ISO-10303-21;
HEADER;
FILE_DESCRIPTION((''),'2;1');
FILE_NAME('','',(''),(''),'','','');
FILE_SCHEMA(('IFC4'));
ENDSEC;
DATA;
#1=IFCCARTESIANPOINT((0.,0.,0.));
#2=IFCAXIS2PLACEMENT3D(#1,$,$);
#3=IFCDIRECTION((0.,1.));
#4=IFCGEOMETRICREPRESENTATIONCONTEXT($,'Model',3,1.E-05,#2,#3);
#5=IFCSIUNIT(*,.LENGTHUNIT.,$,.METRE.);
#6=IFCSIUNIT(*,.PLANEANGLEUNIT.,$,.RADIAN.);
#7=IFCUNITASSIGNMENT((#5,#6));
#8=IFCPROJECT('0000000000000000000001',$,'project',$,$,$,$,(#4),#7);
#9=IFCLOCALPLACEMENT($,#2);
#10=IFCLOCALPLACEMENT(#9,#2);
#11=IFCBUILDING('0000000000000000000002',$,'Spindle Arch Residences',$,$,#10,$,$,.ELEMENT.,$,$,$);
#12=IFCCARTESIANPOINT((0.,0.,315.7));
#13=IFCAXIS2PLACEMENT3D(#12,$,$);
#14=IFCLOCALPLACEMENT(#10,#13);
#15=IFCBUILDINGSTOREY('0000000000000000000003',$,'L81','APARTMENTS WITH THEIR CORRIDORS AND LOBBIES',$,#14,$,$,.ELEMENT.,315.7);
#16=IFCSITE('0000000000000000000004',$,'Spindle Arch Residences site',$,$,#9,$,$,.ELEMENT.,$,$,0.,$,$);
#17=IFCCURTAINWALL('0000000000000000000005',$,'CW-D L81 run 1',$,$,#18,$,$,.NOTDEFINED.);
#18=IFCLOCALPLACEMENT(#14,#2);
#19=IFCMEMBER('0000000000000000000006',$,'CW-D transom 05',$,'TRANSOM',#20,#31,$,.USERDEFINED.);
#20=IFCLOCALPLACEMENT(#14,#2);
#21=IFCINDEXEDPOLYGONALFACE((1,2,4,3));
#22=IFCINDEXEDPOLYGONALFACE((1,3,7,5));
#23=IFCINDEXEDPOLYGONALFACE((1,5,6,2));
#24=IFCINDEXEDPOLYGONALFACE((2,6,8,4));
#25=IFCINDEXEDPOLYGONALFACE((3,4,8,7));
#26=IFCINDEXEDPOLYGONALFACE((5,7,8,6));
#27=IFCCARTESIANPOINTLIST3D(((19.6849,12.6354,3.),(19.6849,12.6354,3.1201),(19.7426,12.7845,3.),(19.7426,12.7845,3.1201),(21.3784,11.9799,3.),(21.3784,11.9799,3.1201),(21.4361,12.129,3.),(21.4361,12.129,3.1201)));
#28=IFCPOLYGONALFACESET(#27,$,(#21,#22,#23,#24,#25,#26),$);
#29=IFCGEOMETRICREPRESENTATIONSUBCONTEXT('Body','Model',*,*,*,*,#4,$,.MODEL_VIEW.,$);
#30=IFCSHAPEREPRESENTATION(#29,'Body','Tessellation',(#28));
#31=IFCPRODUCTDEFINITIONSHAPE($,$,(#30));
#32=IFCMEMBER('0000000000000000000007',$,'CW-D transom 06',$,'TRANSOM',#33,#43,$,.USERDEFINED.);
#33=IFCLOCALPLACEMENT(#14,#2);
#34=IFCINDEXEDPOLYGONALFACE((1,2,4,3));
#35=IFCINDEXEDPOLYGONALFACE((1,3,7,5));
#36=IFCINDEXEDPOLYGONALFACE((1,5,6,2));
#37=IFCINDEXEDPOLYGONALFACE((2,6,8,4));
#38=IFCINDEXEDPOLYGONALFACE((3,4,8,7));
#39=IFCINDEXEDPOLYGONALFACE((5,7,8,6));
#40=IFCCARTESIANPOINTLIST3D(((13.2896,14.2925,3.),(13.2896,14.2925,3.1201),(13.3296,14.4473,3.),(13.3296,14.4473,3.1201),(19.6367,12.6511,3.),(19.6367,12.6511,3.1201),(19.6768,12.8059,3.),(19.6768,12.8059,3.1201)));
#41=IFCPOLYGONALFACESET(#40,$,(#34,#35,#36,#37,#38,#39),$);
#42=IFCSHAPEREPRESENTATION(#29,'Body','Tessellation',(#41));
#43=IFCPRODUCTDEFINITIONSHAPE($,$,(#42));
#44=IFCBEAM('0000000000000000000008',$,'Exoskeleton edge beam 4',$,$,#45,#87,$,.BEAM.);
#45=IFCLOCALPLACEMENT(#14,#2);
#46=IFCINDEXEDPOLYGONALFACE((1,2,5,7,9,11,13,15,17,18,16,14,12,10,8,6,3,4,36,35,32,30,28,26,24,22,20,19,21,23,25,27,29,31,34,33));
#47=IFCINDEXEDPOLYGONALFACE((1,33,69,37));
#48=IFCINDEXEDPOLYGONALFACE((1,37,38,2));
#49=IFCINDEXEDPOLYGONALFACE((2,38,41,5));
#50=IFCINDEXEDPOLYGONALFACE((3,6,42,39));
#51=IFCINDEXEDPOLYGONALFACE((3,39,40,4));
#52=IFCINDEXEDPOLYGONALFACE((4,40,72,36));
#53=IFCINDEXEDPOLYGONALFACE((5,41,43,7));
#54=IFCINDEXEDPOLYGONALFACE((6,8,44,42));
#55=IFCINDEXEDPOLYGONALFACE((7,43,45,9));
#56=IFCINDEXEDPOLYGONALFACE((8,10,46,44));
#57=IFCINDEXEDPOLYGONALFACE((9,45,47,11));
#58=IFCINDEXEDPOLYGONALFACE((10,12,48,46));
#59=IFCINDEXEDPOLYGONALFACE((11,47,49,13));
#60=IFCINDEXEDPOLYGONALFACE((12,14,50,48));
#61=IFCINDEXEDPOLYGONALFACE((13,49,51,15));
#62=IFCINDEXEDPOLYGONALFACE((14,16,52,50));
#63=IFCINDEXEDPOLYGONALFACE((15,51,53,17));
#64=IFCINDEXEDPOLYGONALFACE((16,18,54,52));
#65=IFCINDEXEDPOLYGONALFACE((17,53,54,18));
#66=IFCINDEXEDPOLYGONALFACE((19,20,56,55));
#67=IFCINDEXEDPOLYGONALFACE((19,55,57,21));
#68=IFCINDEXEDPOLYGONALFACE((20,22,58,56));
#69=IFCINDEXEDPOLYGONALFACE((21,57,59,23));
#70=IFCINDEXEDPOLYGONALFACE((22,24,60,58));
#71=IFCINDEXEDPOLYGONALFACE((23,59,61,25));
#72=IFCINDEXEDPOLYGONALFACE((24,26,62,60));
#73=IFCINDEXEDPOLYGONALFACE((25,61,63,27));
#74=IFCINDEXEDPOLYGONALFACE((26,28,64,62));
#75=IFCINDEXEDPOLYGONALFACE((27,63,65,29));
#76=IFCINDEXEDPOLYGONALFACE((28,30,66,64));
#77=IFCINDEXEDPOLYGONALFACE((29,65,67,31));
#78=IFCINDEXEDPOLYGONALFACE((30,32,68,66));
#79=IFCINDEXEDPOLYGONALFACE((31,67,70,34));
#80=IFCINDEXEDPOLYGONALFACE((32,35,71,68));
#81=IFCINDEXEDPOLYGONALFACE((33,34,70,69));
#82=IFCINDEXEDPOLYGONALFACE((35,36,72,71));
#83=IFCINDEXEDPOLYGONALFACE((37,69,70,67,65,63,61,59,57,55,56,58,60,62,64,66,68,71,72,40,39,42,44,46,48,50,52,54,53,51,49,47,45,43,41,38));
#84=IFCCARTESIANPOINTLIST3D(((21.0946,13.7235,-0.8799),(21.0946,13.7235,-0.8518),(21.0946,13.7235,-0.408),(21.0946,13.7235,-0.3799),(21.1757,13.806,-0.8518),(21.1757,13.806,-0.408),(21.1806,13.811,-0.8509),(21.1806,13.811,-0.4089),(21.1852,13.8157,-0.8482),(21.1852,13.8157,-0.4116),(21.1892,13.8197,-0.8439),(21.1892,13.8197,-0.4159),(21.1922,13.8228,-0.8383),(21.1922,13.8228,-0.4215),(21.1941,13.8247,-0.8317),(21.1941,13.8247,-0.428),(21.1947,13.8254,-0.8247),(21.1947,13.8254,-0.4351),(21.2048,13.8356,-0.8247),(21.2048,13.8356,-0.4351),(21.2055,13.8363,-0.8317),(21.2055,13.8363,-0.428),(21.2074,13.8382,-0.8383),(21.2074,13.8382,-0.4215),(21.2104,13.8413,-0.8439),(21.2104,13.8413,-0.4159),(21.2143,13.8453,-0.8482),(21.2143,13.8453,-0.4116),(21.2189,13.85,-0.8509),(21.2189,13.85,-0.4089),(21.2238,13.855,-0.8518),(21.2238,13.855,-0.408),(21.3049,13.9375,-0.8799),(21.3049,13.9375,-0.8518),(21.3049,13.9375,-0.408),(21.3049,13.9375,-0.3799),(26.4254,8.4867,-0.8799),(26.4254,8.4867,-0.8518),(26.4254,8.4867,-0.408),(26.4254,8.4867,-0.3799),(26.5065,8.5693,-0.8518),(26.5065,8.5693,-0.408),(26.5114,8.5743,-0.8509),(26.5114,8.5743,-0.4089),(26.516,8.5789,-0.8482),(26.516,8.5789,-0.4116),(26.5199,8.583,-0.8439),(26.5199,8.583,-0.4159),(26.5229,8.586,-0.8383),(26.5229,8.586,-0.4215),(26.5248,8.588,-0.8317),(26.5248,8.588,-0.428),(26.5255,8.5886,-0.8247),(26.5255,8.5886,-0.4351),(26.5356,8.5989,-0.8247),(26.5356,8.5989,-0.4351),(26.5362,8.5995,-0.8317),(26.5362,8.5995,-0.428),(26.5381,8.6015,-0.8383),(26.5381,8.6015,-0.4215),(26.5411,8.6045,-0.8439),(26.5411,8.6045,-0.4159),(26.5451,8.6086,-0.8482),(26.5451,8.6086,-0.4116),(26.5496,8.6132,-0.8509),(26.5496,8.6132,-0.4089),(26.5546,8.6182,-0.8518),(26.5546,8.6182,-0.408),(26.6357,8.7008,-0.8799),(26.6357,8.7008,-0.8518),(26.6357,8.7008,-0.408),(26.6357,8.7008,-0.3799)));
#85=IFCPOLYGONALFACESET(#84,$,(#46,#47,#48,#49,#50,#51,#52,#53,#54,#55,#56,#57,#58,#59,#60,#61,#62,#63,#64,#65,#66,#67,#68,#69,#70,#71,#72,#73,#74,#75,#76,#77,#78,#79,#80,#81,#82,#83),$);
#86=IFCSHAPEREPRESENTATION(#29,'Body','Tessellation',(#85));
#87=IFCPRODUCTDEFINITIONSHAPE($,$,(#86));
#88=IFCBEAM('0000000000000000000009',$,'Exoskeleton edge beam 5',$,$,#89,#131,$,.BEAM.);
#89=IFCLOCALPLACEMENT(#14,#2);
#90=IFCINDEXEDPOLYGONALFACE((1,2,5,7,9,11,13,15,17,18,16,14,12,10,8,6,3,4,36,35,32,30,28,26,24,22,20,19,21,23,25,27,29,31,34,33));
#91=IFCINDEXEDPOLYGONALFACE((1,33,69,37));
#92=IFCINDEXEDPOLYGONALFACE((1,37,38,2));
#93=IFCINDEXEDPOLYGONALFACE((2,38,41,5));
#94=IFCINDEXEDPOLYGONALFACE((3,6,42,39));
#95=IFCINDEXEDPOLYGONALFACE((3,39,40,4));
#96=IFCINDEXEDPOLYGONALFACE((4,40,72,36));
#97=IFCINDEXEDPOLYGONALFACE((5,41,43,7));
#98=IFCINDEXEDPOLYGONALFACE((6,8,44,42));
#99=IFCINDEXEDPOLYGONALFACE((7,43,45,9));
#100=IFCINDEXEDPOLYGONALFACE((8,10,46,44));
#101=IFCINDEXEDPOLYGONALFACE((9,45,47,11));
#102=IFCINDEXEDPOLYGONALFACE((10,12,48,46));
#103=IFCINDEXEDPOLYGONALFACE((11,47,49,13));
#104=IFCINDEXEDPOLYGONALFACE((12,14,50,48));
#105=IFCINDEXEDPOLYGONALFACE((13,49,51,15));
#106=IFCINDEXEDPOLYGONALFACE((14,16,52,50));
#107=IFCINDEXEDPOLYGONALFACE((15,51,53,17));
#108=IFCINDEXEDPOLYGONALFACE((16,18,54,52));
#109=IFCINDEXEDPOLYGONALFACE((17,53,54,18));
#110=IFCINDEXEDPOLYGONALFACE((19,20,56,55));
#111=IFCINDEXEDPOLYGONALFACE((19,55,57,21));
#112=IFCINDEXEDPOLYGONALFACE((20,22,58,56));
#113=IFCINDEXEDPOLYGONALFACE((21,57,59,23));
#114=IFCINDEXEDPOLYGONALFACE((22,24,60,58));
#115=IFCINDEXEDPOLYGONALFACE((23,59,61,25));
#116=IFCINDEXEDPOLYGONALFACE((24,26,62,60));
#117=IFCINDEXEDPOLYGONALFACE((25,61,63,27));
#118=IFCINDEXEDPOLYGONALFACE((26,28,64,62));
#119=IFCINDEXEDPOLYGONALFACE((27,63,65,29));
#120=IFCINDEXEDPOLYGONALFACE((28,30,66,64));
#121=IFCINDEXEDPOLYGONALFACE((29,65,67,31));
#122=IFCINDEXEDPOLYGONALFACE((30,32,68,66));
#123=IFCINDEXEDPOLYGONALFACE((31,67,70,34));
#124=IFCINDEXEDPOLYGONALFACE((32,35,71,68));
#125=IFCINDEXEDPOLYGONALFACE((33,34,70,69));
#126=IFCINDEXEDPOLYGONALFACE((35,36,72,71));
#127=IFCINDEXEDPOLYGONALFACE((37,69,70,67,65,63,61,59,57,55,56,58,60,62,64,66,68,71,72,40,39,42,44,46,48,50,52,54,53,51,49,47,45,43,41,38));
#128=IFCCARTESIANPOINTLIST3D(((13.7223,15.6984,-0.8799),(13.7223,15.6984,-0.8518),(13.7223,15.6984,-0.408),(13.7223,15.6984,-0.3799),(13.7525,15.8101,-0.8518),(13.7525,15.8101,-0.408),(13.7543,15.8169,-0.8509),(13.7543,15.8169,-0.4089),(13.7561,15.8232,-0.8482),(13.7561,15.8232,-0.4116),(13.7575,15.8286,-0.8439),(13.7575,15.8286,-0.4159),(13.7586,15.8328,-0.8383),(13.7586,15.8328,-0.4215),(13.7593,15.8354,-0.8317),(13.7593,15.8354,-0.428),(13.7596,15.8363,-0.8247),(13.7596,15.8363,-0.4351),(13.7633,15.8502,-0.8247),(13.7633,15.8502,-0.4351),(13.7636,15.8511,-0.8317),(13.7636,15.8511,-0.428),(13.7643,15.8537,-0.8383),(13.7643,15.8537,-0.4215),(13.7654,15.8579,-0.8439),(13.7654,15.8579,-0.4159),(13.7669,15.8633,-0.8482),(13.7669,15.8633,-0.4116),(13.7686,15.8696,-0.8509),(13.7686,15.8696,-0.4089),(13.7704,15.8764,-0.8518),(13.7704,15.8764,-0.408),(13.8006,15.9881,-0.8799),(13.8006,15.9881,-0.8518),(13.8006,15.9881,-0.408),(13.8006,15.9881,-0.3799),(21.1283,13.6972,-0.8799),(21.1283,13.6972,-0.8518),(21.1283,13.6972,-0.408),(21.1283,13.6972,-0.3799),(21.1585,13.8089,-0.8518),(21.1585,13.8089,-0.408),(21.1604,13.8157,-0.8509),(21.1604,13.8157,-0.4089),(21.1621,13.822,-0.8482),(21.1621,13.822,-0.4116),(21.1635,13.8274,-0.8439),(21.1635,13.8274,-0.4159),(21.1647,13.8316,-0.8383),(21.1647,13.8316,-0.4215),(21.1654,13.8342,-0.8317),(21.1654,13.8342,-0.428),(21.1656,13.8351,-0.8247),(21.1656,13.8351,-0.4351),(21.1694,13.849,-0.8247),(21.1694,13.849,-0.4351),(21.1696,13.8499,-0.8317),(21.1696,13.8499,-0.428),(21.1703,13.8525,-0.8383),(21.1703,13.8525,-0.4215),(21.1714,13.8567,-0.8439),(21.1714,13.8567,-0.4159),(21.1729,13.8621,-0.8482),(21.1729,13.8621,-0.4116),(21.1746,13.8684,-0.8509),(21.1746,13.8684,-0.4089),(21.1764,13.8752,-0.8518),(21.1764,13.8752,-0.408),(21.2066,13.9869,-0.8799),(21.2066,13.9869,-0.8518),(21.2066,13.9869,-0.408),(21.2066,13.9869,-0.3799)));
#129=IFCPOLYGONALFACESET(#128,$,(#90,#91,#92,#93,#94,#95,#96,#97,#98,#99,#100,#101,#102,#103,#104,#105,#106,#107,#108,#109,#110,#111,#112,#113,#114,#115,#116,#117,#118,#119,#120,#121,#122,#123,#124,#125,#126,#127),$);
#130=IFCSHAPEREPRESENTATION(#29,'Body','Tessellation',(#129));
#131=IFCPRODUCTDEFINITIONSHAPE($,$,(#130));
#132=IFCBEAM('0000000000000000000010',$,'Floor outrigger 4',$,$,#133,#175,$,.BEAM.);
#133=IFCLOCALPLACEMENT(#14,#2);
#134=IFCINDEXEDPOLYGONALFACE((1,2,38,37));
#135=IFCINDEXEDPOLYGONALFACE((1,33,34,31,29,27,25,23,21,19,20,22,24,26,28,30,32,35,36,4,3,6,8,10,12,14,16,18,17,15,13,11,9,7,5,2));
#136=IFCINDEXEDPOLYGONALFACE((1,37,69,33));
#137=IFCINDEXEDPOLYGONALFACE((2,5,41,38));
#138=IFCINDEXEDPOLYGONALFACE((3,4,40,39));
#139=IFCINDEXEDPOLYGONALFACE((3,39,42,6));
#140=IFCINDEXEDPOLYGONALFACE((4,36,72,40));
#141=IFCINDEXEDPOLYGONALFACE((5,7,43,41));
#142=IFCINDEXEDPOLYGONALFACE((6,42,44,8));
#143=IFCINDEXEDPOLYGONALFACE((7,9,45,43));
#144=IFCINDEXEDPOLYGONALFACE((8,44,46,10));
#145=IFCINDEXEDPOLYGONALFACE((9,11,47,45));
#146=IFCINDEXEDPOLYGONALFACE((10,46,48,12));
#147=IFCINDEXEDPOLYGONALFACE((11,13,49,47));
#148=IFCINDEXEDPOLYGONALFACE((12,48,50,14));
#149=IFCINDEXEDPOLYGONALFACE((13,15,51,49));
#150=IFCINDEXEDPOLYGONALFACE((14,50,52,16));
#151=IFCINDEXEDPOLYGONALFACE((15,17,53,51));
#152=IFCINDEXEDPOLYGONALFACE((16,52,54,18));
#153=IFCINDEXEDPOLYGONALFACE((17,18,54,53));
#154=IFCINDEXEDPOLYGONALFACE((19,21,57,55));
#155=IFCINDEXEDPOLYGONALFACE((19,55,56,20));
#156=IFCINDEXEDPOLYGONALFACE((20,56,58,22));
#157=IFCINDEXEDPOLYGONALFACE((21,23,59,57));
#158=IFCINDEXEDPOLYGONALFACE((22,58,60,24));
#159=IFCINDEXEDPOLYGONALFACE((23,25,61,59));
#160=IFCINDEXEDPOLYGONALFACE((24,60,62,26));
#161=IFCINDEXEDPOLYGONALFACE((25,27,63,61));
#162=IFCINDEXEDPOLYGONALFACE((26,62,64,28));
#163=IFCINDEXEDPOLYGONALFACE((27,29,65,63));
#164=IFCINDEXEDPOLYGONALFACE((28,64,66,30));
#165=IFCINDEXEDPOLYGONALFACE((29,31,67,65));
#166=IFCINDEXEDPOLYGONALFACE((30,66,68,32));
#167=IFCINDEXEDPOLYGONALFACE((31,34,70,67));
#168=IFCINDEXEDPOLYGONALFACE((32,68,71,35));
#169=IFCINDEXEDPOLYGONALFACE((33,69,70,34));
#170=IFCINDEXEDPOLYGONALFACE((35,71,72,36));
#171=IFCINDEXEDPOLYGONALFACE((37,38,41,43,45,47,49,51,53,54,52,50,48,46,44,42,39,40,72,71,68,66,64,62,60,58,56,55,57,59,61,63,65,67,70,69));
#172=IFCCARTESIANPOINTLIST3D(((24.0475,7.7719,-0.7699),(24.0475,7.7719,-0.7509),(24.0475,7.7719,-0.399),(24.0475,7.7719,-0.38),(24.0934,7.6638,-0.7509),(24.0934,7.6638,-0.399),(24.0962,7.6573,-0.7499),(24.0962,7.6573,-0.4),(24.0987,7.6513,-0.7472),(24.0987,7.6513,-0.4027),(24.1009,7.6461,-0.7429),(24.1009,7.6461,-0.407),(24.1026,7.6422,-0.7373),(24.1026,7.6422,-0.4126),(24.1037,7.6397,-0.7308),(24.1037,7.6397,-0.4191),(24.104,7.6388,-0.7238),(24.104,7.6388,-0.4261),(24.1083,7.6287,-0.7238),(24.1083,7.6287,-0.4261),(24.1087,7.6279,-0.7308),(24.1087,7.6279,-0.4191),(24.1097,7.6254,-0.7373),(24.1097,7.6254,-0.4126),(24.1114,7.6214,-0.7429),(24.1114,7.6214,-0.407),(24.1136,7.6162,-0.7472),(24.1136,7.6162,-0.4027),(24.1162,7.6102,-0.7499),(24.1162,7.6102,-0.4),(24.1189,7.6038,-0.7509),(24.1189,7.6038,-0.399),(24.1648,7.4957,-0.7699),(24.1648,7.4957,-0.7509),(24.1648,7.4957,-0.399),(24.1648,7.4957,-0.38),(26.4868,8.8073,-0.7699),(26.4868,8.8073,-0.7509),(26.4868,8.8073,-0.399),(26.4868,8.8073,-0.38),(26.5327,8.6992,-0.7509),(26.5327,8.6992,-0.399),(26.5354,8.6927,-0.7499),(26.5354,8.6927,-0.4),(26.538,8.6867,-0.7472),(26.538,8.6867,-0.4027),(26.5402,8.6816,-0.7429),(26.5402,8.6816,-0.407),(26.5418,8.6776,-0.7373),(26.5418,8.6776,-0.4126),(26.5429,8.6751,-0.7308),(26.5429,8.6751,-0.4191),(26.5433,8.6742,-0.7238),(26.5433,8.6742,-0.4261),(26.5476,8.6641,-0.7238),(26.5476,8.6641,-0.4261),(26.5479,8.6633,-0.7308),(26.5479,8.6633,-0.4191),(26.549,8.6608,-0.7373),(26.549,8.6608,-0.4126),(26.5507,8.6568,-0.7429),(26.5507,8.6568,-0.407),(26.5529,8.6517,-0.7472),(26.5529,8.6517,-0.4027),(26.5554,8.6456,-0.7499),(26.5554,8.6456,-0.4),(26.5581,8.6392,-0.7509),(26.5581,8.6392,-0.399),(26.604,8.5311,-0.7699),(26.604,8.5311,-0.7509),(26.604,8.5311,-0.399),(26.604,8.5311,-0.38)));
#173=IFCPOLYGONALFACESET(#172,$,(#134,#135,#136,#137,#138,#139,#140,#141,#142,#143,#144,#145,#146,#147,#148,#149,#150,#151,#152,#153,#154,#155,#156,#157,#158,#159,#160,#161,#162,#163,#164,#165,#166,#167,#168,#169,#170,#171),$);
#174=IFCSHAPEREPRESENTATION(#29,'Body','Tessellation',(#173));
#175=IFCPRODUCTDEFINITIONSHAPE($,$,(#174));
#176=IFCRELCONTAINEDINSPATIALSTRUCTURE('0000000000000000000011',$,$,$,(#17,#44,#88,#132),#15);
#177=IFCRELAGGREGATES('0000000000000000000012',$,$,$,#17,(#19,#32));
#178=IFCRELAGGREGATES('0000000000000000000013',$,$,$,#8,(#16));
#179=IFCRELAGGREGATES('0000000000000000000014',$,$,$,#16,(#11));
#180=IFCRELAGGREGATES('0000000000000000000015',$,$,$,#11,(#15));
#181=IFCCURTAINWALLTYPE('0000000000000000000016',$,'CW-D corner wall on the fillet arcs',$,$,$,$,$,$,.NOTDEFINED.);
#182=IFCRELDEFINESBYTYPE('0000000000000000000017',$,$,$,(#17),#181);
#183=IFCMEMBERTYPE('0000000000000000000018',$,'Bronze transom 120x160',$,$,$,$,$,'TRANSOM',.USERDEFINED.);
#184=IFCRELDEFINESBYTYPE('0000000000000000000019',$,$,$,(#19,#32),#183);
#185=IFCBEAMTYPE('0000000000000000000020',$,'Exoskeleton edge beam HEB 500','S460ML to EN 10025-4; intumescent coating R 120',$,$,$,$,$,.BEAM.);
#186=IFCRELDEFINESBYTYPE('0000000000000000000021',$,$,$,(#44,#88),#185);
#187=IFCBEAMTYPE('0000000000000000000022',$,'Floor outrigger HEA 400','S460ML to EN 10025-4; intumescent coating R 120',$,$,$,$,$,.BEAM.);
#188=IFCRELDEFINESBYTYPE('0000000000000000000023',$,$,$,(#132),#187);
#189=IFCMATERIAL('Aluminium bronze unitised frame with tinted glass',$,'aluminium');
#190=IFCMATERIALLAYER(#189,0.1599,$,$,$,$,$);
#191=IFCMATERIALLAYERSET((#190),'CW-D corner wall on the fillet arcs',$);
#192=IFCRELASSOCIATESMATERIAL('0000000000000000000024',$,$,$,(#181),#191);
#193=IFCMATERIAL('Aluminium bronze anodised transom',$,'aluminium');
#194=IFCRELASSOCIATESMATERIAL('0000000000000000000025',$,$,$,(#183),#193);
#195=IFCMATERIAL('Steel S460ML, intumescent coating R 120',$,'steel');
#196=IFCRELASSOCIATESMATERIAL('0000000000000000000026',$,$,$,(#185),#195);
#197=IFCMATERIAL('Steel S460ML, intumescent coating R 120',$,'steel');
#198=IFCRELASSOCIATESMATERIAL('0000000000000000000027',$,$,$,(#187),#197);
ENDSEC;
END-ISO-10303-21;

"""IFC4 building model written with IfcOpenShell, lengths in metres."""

from ifc_helpers import new_model, si_unit, direction, frame, origin, origin_2d, place, context, subcontext, project, spatial, rectangle, i_section, extrude, material, layer, layer_set, material_profile, profile_set, type_object, element, aggregate, save


model = new_model("IFC4")

# Units and contexts
model_context = context("Model", 3, precision=1e-05, world=origin(), true_north=direction((0.0, 1.0)))
body_context = subcontext(model_context, "Body", "Model", "MODEL_VIEW")
ifc_project = project(units=[si_unit("LENGTHUNIT", "METRE"), si_unit("PLANEANGLEUNIT", "RADIAN")], contexts=[model_context])

# Site, building, storey
site_placement = place(None, origin())
site = spatial("IfcSite", under=ifc_project, at=site_placement, Name="Spindle Arch Residences site", CompositionType="ELEMENT", RefElevation=0.0)
building_placement = place(site_placement, origin())
building = spatial("IfcBuilding", under=site, at=building_placement, Name="Spindle Arch Residences", CompositionType="ELEMENT")
storey_placement = place(building_placement, frame((0.0, 0.0, 315.7)))
storey = spatial("IfcBuildingStorey", under=building, at=storey_placement, Name="L81", Description="APARTMENTS WITH THEIR CORRIDORS AND LOBBIES", CompositionType="ELEMENT", Elevation=315.7)

# Curtain wall, members
ifc_material_1 = material(Name="Aluminium bronze unitised frame with tinted glass", Category="aluminium")
ifc_layer_1 = layer(ifc_material_1, 0.1599)
ifc_layer_set_1 = layer_set([ifc_layer_1], Name="CW-D corner wall on the fillet arcs")
curtain_wall_type = type_object("IfcCurtainWallType", Name="CW-D corner wall on the fillet arcs", PredefinedType="NOTDEFINED", material=ifc_layer_set_1)
curtain_wall_placement = place(storey_placement, origin())
curtain_wall = element("IfcCurtainWall", 1, at=curtain_wall_placement, inside=storey, type_object=curtain_wall_type, Name="CW-D L81 run 1", PredefinedType="NOTDEFINED")
ifc_material_2 = material(Name="Aluminium bronze anodised transom", Category="aluminium")
ifc_material_profile_1 = material_profile(ifc_material_2, rectangle(XDim=0.1599, YDim=0.1201, at=origin_2d()), Name="TR 120x160")
ifc_profile_set_1 = profile_set([ifc_material_profile_1], Name="Aluminium bronze anodised transom")
member_type_1 = type_object("IfcMemberType", Name="Bronze transom 120x160", ElementType="TRANSOM", PredefinedType="USERDEFINED", material=ifc_profile_set_1)
member_1_placement = place(storey_placement, frame((21.4072, 12.0544, 3.0601), z_axis=(-0.932581, 0.36096, 0.0), x_axis=(-0.36096, -0.932581, 0.0)))
member_1 = element("IfcMember", 2, at=member_1_placement, type_object=member_type_1, Name="CW-D transom 05", ObjectType="TRANSOM", PredefinedType="USERDEFINED", context=body_context, shape_type="SweptSolid", body=[
    extrude(rectangle(XDim=0.1599, YDim=0.1201, at=origin_2d()), origin(), (0.0, 0.0, 1.0), 1.8159),
])
member_2_placement = place(storey_placement, frame((19.6567, 12.7285, 3.0601), z_axis=(-0.968153, 0.250361, 0.0), x_axis=(-0.250361, -0.968153, 0.0)))
member_2 = element("IfcMember", 3, at=member_2_placement, type_object=member_type_1, Name="CW-D transom 06", ObjectType="TRANSOM", PredefinedType="USERDEFINED", context=body_context, shape_type="SweptSolid", body=[
    extrude(rectangle(XDim=0.1599, YDim=0.1201, at=origin_2d()), origin(), (0.0, 0.0, 1.0), 6.5559),
])

# Beams
ifc_material_3 = material(Name="Steel S460ML, intumescent coating R 120", Category="steel")
ifc_material_profile_2 = material_profile(ifc_material_3, i_section(OverallWidth=0.3, OverallDepth=0.5, WebThickness=0.0144, FlangeThickness=0.0281, FilletRadius=0.0271, at=origin_2d()), Name="HEB 500")
ifc_profile_set_2 = profile_set([ifc_material_profile_2], Name="Steel S460ML, intumescent coating R 120")
beam_type_1 = type_object("IfcBeamType", Name="Exoskeleton edge beam HEB 500", Description="S460ML to EN 10025-4; intumescent coating R 120", PredefinedType="BEAM", material=ifc_profile_set_2)
beam_1_placement = place(storey_placement, frame((26.5305, 8.5938, -0.6299), z_axis=(-0.713368, 0.70079, 0.0), x_axis=(-0.70079, -0.713368, 0.0)))
element("IfcBeam", 4, at=beam_1_placement, inside=storey, type_object=beam_type_1, Name="Exoskeleton edge beam 4", PredefinedType="BEAM", context=body_context, shape_type="SweptSolid", body=[
    extrude(i_section(OverallWidth=0.3, OverallDepth=0.5, WebThickness=0.0144, FlangeThickness=0.0281, FilletRadius=0.0271, at=origin_2d()), origin(), (0.0, 0.0, 1.0), 7.4727),
])
beam_2_placement = place(storey_placement, frame((21.1675, 13.842, -0.6299), z_axis=(-0.965377, 0.26086, 0.0), x_axis=(-0.26086, -0.965377, 0.0)))
element("IfcBeam", 5, at=beam_2_placement, inside=storey, type_object=beam_type_1, Name="Exoskeleton edge beam 5", PredefinedType="BEAM", context=body_context, shape_type="SweptSolid", body=[
    extrude(i_section(OverallWidth=0.3, OverallDepth=0.5, WebThickness=0.0144, FlangeThickness=0.0281, FilletRadius=0.0271, at=origin_2d()), origin(), (0.0, 0.0, 1.0), 7.6716),
])
ifc_material_4 = material(Name="Steel S460ML, intumescent coating R 120", Category="steel")
ifc_material_profile_3 = material_profile(ifc_material_4, i_section(OverallWidth=0.3, OverallDepth=0.3899, WebThickness=0.011, FlangeThickness=0.019, FilletRadius=0.0271, at=origin_2d()), Name="HEA 400")
ifc_profile_set_3 = profile_set([ifc_material_profile_3], Name="Steel S460ML, intumescent coating R 120")
beam_type_2 = type_object("IfcBeamType", Name="Floor outrigger HEA 400", Description="S460ML to EN 10025-4; intumescent coating R 120", PredefinedType="BEAM", material=ifc_profile_set_3)
for number, where, z_axis, x_axis, name in (
    (6, (26.5454, 8.6692, -0.575), (-0.920502, -0.390737, 0.0), (0.390737, -0.920502, 0.0), "Floor outrigger 4"),
):
    element("IfcBeam", number, at=place(storey_placement, frame(where, z_axis=z_axis, x_axis=x_axis)), inside=storey, type_object=beam_type_2, Name=name, PredefinedType="BEAM", context=body_context, shape_type="SweptSolid", body=[
        extrude(i_section(OverallWidth=0.3, OverallDepth=0.3899, WebThickness=0.011, FlangeThickness=0.019, FilletRadius=0.0271, at=origin_2d()), origin(), (0.0, 0.0, 1.0), 2.6499),
    ])

aggregate(curtain_wall, [member_1, member_2])

save(model, "model.ifc")
